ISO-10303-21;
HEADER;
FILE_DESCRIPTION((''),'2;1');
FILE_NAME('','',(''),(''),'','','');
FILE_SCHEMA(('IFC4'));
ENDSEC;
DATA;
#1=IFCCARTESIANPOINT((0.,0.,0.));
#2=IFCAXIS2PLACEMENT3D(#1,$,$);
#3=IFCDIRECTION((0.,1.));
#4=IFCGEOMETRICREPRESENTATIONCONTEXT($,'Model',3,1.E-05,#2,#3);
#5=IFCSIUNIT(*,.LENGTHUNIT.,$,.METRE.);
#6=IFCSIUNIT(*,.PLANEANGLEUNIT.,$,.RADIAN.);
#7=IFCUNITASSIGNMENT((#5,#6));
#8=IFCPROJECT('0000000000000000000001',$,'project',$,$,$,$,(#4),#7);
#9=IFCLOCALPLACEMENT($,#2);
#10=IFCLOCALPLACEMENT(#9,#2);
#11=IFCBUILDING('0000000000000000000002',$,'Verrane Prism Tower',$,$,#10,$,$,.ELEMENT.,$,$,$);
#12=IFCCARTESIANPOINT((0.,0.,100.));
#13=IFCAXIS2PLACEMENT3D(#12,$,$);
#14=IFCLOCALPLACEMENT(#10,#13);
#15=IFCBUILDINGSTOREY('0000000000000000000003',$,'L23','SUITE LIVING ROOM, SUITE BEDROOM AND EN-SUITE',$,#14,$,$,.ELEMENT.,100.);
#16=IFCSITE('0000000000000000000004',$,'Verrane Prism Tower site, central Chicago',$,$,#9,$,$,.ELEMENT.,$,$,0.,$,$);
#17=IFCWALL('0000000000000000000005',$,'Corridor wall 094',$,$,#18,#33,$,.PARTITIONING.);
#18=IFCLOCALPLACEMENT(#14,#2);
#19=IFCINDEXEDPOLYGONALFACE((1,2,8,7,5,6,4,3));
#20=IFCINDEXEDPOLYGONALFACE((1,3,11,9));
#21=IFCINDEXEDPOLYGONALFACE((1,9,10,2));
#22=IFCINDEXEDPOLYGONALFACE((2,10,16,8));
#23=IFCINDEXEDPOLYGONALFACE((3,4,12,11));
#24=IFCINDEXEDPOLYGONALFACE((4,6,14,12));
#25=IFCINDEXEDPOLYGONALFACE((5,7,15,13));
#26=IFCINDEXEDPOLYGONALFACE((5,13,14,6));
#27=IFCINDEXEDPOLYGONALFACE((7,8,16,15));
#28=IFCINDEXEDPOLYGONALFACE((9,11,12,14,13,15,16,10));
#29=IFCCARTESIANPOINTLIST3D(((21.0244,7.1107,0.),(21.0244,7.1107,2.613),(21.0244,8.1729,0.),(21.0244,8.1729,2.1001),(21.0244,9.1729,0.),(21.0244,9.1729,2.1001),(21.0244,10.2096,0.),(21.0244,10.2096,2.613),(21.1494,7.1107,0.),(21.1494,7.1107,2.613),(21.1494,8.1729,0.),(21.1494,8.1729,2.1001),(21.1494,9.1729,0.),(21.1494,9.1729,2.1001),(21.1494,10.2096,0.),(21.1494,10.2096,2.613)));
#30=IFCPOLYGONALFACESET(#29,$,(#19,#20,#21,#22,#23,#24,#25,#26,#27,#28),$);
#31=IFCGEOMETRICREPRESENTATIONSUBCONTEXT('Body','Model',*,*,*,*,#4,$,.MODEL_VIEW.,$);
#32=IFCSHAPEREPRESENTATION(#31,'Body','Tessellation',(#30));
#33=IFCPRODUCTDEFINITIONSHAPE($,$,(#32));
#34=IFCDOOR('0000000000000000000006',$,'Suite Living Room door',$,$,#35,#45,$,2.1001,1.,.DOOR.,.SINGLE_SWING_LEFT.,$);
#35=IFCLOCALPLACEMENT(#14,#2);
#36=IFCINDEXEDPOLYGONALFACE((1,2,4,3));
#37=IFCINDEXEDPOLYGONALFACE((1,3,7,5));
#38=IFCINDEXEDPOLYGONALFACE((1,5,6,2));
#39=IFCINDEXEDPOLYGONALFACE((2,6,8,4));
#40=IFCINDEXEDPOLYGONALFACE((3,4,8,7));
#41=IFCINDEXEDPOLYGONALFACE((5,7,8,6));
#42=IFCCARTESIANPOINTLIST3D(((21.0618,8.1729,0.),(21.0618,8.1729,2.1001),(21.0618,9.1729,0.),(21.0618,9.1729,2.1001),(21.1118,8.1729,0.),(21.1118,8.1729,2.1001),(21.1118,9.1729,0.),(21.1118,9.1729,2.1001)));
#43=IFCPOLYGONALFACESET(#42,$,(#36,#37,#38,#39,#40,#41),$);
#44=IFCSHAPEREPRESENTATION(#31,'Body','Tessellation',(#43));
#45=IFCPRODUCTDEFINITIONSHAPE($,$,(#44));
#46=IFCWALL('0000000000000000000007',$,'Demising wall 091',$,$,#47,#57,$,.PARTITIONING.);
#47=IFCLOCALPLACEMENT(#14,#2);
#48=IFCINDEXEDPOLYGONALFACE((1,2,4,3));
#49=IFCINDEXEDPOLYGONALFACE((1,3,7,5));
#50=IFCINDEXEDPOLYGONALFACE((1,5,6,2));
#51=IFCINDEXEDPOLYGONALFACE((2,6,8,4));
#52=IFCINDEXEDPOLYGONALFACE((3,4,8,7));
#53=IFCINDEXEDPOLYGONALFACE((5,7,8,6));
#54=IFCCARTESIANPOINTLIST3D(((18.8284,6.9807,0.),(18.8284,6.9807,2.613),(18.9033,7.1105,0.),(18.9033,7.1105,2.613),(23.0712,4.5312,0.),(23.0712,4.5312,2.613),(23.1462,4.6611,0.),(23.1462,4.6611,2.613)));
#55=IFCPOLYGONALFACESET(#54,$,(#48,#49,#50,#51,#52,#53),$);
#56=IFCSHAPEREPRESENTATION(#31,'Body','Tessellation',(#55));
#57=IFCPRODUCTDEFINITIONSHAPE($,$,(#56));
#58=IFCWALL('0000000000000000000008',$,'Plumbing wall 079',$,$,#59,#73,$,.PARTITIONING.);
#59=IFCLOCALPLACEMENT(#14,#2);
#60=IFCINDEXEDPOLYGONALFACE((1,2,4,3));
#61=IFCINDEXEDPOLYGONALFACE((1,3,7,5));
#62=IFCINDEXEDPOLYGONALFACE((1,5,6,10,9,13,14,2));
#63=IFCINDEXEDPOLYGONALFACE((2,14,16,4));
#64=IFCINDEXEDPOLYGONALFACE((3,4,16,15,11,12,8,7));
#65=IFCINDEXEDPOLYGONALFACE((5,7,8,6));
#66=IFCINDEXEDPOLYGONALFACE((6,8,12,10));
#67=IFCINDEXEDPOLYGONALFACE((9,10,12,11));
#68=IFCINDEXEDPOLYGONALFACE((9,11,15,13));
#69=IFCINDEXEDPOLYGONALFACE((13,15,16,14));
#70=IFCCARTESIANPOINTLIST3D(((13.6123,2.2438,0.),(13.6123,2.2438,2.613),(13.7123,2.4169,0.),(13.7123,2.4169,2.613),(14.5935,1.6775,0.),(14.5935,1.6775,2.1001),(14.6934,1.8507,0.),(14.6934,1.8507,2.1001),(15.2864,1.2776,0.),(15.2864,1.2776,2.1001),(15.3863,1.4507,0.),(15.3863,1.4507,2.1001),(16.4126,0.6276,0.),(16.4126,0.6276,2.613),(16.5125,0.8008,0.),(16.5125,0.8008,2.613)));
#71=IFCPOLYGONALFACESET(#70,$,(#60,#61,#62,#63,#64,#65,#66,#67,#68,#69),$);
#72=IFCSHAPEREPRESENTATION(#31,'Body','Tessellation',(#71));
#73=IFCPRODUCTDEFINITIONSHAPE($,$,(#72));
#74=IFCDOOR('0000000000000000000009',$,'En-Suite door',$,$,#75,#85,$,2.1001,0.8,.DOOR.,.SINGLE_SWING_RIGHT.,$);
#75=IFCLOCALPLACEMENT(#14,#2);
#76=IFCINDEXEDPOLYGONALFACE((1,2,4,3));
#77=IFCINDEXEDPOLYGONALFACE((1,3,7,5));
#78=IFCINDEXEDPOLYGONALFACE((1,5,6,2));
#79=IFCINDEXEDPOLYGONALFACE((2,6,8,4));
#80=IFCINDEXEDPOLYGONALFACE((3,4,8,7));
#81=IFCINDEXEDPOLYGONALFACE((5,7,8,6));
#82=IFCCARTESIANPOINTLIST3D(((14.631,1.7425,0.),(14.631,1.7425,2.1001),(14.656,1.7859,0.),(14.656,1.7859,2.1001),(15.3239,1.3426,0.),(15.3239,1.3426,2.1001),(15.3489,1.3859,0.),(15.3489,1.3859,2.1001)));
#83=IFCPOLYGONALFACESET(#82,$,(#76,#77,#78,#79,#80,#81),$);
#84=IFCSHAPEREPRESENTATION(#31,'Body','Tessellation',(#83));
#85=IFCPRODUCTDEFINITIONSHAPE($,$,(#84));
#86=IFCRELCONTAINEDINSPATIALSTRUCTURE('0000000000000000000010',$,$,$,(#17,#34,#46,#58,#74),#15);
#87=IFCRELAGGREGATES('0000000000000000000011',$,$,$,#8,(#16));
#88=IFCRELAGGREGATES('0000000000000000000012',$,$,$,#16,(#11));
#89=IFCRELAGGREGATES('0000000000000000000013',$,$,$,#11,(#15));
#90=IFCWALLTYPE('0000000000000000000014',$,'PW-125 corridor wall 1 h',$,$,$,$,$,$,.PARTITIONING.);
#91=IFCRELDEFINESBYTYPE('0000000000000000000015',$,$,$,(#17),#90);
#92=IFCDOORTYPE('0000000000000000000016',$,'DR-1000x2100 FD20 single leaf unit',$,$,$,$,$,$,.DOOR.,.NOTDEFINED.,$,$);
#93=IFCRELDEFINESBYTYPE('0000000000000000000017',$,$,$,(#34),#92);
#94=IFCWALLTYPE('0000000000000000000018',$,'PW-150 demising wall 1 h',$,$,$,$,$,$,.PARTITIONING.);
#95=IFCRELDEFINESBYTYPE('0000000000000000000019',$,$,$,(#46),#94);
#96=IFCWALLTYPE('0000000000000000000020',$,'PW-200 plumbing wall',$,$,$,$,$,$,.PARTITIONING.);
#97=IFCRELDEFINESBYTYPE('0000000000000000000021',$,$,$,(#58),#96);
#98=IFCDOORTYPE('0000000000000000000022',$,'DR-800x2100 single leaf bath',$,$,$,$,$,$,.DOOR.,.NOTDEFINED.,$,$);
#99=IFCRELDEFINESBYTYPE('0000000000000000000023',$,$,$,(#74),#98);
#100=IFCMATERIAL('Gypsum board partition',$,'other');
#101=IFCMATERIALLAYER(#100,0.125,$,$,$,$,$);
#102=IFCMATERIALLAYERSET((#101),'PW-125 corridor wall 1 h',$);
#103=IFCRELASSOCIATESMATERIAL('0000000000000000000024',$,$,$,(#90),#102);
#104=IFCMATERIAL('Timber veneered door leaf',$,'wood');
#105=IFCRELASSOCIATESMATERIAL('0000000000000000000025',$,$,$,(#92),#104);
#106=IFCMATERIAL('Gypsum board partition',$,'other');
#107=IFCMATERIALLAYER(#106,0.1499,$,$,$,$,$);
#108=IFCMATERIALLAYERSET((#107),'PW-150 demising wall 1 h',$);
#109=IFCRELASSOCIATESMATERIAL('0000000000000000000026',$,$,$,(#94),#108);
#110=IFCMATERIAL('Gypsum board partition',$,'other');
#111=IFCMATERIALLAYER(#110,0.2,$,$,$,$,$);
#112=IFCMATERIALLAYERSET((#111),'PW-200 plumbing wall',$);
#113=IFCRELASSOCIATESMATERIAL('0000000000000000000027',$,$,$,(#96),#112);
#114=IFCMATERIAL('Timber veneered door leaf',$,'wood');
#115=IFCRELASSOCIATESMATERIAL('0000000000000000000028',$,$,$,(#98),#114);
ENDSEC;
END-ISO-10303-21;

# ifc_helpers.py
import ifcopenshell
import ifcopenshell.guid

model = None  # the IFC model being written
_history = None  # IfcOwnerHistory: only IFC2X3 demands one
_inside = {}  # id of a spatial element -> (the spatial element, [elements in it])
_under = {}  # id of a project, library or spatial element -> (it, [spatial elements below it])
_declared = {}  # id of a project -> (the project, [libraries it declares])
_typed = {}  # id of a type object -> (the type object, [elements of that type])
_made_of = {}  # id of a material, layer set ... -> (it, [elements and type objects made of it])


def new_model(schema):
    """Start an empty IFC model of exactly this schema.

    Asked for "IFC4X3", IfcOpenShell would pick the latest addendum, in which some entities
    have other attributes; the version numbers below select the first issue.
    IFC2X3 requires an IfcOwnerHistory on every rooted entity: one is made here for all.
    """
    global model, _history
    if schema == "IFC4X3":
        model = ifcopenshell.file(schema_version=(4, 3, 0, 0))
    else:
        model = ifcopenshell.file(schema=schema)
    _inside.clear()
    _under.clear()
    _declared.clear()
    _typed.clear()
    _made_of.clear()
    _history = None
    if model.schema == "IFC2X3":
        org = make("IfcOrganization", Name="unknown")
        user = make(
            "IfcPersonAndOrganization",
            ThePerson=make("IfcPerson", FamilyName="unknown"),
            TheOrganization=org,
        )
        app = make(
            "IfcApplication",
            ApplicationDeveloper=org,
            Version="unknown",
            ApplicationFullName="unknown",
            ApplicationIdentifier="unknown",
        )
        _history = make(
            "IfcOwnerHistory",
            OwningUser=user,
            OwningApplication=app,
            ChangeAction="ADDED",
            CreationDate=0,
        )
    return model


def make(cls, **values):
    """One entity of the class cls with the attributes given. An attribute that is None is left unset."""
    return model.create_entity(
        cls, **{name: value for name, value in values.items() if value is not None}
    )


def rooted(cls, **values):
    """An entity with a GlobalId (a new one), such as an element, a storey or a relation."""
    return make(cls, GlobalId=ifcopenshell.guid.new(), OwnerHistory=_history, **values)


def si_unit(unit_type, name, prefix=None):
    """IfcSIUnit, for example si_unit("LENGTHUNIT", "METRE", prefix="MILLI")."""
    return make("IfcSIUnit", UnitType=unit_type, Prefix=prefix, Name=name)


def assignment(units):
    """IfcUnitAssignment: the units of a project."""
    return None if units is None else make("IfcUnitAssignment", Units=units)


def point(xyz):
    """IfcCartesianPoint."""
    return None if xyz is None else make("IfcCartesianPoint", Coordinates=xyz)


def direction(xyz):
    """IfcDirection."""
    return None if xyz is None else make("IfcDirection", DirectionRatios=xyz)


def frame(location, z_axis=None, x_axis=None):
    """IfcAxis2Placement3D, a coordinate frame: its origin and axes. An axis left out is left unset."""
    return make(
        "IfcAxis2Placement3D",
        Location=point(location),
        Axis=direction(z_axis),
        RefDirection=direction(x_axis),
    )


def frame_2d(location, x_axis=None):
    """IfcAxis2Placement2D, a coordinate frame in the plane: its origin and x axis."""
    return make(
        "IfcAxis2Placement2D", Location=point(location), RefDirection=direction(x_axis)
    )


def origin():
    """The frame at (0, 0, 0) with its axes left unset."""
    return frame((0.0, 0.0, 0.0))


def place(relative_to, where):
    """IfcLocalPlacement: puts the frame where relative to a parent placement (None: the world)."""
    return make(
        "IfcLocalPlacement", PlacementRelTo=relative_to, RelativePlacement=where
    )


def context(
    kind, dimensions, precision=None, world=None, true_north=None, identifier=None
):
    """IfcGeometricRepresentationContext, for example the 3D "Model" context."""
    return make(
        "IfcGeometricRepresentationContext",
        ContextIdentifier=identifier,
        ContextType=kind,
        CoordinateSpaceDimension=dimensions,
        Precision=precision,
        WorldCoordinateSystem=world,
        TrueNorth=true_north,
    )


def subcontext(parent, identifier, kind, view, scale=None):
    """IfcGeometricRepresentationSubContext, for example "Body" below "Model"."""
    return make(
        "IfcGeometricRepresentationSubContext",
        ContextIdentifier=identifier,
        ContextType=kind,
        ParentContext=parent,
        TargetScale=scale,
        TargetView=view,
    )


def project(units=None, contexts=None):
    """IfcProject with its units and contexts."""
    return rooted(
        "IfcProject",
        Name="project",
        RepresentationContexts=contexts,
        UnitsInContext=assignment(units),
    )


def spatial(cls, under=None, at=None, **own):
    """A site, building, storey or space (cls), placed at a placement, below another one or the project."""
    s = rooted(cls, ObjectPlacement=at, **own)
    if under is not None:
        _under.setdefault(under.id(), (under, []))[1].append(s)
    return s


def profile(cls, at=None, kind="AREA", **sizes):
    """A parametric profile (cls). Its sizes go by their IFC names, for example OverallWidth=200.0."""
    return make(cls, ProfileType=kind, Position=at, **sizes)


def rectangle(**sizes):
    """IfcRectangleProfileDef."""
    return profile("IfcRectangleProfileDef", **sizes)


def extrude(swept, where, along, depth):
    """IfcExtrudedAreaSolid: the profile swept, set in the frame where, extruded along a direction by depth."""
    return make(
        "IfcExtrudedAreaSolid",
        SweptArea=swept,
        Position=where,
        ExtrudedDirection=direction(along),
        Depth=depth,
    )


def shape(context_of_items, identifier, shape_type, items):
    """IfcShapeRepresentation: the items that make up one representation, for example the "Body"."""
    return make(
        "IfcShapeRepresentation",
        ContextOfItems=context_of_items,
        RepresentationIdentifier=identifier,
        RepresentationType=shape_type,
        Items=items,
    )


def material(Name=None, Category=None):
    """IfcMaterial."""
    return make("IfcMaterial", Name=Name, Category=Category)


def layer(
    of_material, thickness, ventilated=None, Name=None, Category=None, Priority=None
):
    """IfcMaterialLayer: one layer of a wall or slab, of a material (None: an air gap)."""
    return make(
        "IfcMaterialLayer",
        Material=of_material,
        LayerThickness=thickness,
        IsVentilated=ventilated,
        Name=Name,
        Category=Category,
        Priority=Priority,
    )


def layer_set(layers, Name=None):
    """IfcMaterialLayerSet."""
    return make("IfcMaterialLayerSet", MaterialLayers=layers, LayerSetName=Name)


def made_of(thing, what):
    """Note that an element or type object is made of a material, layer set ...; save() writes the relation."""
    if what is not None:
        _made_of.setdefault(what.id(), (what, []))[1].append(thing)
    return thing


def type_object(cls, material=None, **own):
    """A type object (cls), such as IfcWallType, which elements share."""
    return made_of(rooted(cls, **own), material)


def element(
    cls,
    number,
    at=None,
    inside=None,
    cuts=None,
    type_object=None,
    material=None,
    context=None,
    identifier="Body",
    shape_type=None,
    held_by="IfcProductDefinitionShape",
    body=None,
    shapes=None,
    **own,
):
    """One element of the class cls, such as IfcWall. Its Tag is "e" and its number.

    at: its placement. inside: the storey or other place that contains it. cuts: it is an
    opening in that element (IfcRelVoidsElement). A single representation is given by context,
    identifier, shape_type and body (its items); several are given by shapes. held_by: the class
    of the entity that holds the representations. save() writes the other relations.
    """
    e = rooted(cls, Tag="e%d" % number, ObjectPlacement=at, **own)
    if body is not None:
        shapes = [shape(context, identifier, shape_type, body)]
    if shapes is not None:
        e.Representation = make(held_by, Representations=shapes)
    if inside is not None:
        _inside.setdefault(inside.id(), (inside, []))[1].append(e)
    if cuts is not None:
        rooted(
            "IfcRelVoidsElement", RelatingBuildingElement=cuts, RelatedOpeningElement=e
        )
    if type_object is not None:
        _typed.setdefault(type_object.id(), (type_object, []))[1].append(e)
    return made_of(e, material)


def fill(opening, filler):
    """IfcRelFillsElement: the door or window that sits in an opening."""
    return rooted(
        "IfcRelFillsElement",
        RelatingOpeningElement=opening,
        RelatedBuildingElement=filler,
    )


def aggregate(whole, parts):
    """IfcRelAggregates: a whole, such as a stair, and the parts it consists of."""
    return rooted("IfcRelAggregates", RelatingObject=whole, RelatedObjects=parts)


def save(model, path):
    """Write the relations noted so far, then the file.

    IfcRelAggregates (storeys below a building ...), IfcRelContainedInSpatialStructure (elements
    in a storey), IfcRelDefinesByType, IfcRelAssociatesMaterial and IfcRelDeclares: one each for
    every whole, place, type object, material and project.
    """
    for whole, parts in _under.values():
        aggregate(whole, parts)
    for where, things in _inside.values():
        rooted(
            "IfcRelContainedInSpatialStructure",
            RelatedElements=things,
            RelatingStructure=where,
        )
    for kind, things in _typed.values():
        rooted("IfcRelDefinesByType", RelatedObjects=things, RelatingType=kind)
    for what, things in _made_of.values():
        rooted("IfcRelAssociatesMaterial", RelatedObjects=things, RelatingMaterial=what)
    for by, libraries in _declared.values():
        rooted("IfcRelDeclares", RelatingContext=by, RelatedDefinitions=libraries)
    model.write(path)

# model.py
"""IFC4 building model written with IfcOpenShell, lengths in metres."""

from ifc_helpers import new_model, si_unit, direction, frame, frame_2d, origin, place, context, subcontext, project, spatial, rectangle, extrude, material, layer, layer_set, type_object, element, fill, save


model = new_model("IFC4")

# Units and contexts
model_context = context("Model", 3, precision=1e-05, world=origin(), true_north=direction((0.0, 1.0)))
body_context = subcontext(model_context, "Body", "Model", "MODEL_VIEW")
ifc_project = project(units=[si_unit("LENGTHUNIT", "METRE"), si_unit("PLANEANGLEUNIT", "RADIAN")], contexts=[model_context])

# Site, building, storey
site_placement = place(None, origin())
site = spatial("IfcSite", under=ifc_project, at=site_placement, Name="Verrane Prism Tower site, central Chicago", CompositionType="ELEMENT", RefElevation=0.0)
building_placement = place(site_placement, origin())
building = spatial("IfcBuilding", under=site, at=building_placement, Name="Verrane Prism Tower", CompositionType="ELEMENT")
storey_placement = place(building_placement, frame((0.0, 0.0, 100.0)))
storey = spatial("IfcBuildingStorey", under=building, at=storey_placement, Name="L23", Description="SUITE LIVING ROOM, SUITE BEDROOM AND EN-SUITE", CompositionType="ELEMENT", Elevation=100.0)

# Shared definitions
ifc_material_1 = material(Name="Gypsum board partition", Category="other")
ifc_layer_1 = layer(ifc_material_1, 0.125)
ifc_layer_set_1 = layer_set([ifc_layer_1], Name="PW-125 corridor wall 1 h")
wall_type_1 = type_object("IfcWallType", Name="PW-125 corridor wall 1 h", PredefinedType="PARTITIONING", material=ifc_layer_set_1)

# Shared definitions
ifc_material_2 = material(Name="Timber veneered door leaf", Category="wood")
door_type_1 = type_object("IfcDoorType", Name="DR-1000x2100 FD20 single leaf unit", OperationType="NOTDEFINED", PredefinedType="DOOR", material=ifc_material_2)

# Wall, opening, door
wall_1_placement = place(storey_placement, frame((21.0869, 10.2095, 0.0), z_axis=(0.0, 0.0, 1.0), x_axis=(0.0, -1.0, 0.0)))
wall_1 = element("IfcWall", 1, at=wall_1_placement, inside=storey, type_object=wall_type_1, Name="Corridor wall 094", PredefinedType="PARTITIONING", context=body_context, shape_type="SweptSolid", body=[
    extrude(rectangle(XDim=3.0989, YDim=0.125, at=frame_2d((1.5493, 0.0))), origin(), (0.0, 0.0, 1.0), 2.613),
])
opening_1_placement = place(wall_1_placement, frame((1.0366, 0.0, 0.0)))
opening_1 = element("IfcOpeningElement", 2, at=opening_1_placement, cuts=wall_1, PredefinedType="OPENING", context=body_context, shape_type="SweptSolid", body=[
    extrude(rectangle(XDim=1.0, YDim=2.1001, at=frame_2d((0.5, 1.05))), frame((0.0, 0.0725, 0.0), z_axis=(0.0, -1.0, 0.0), x_axis=(1.0, 0.0, 0.0)), (0.0, 0.0, 1.0), 0.145),
])
door_1_placement = place(opening_1_placement, origin())
door_1 = element("IfcDoor", 3, at=door_1_placement, inside=storey, type_object=door_type_1, Name="Suite Living Room door", OperationType="SINGLE_SWING_LEFT", OverallHeight=2.1001, OverallWidth=1.0, PredefinedType="DOOR", context=body_context, shape_type="SweptSolid", body=[
    extrude(rectangle(XDim=1.0, YDim=2.1001, at=frame_2d((0.5, 1.05))), frame((0.0, 0.0249, 0.0), z_axis=(0.0, -1.0, 0.0), x_axis=(1.0, 0.0, 0.0)), (0.0, 0.0, 1.0), 0.05),
])
fill(opening_1, door_1)

# Wall
ifc_material_3 = material(Name="Gypsum board partition", Category="other")
ifc_layer_2 = layer(ifc_material_3, 0.1499)
ifc_layer_set_2 = layer_set([ifc_layer_2], Name="PW-150 demising wall 1 h")
wall_type_2 = type_object("IfcWallType", Name="PW-150 demising wall 1 h", PredefinedType="PARTITIONING", material=ifc_layer_set_2)
wall_2_placement = place(storey_placement, frame((18.8657, 7.0457, 0.0), z_axis=(0.0, 0.0, 1.0), x_axis=(0.866042, -0.499971, 0.0)))
element("IfcWall", 4, at=wall_2_placement, inside=storey, type_object=wall_type_2, Name="Demising wall 091", PredefinedType="PARTITIONING", context=body_context, shape_type="SweptSolid", body=[
    extrude(rectangle(XDim=4.8992, YDim=0.1499, at=frame_2d((2.4497, 0.0))), origin(), (0.0, 0.0, 1.0), 2.613),
])

# Wall, opening, door
ifc_material_4 = material(Name="Gypsum board partition", Category="other")
ifc_layer_3 = layer(ifc_material_4, 0.2)
ifc_layer_set_3 = layer_set([ifc_layer_3], Name="PW-200 plumbing wall")
wall_type_3 = type_object("IfcWallType", Name="PW-200 plumbing wall", PredefinedType="PARTITIONING", material=ifc_layer_set_3)
wall_3_placement = place(storey_placement, frame((16.4626, 0.7141, 0.0), z_axis=(0.0, 0.0, 1.0), x_axis=(-0.866098, 0.499875, 0.0)))
wall_3 = element("IfcWall", 5, at=wall_3_placement, inside=storey, type_object=wall_type_3, Name="Plumbing wall 079", PredefinedType="PARTITIONING", context=body_context, shape_type="SweptSolid", body=[
    extrude(rectangle(XDim=3.2332, YDim=0.2, at=frame_2d((1.6167, 0.0))), origin(), (0.0, 0.0, 1.0), 2.613),
])
opening_2_placement = place(wall_3_placement, frame((1.3005, 0.0, 0.0)))
opening_2 = element("IfcOpeningElement", 6, at=opening_2_placement, cuts=wall_3, PredefinedType="OPENING", context=body_context, shape_type="SweptSolid", body=[
    extrude(rectangle(XDim=0.8, YDim=2.1001, at=frame_2d((0.3999, 1.05))), frame((0.0, 0.1099, 0.0), z_axis=(0.0, -1.0, 0.0), x_axis=(1.0, 0.0, 0.0)), (0.0, 0.0, 1.0), 0.22),
])
ifc_material_5 = material(Name="Timber veneered door leaf", Category="wood")
door_type_2 = type_object("IfcDoorType", Name="DR-800x2100 single leaf bath", OperationType="NOTDEFINED", PredefinedType="DOOR", material=ifc_material_5)
door_2_placement = place(opening_2_placement, origin())
door_2 = element("IfcDoor", 7, at=door_2_placement, inside=storey, type_object=door_type_2, Name="En-Suite door", OperationType="SINGLE_SWING_RIGHT", OverallHeight=2.1001, OverallWidth=0.8, PredefinedType="DOOR", context=body_context, shape_type="SweptSolid", body=[
    extrude(rectangle(XDim=0.8, YDim=2.1001, at=frame_2d((0.3999, 1.05))), frame((0.0, 0.0249, 0.0), z_axis=(0.0, -1.0, 0.0), x_axis=(1.0, 0.0, 0.0)), (0.0, 0.0, 1.0), 0.05),
])
fill(opening_2, door_2)

save(model, "model.ifc")
